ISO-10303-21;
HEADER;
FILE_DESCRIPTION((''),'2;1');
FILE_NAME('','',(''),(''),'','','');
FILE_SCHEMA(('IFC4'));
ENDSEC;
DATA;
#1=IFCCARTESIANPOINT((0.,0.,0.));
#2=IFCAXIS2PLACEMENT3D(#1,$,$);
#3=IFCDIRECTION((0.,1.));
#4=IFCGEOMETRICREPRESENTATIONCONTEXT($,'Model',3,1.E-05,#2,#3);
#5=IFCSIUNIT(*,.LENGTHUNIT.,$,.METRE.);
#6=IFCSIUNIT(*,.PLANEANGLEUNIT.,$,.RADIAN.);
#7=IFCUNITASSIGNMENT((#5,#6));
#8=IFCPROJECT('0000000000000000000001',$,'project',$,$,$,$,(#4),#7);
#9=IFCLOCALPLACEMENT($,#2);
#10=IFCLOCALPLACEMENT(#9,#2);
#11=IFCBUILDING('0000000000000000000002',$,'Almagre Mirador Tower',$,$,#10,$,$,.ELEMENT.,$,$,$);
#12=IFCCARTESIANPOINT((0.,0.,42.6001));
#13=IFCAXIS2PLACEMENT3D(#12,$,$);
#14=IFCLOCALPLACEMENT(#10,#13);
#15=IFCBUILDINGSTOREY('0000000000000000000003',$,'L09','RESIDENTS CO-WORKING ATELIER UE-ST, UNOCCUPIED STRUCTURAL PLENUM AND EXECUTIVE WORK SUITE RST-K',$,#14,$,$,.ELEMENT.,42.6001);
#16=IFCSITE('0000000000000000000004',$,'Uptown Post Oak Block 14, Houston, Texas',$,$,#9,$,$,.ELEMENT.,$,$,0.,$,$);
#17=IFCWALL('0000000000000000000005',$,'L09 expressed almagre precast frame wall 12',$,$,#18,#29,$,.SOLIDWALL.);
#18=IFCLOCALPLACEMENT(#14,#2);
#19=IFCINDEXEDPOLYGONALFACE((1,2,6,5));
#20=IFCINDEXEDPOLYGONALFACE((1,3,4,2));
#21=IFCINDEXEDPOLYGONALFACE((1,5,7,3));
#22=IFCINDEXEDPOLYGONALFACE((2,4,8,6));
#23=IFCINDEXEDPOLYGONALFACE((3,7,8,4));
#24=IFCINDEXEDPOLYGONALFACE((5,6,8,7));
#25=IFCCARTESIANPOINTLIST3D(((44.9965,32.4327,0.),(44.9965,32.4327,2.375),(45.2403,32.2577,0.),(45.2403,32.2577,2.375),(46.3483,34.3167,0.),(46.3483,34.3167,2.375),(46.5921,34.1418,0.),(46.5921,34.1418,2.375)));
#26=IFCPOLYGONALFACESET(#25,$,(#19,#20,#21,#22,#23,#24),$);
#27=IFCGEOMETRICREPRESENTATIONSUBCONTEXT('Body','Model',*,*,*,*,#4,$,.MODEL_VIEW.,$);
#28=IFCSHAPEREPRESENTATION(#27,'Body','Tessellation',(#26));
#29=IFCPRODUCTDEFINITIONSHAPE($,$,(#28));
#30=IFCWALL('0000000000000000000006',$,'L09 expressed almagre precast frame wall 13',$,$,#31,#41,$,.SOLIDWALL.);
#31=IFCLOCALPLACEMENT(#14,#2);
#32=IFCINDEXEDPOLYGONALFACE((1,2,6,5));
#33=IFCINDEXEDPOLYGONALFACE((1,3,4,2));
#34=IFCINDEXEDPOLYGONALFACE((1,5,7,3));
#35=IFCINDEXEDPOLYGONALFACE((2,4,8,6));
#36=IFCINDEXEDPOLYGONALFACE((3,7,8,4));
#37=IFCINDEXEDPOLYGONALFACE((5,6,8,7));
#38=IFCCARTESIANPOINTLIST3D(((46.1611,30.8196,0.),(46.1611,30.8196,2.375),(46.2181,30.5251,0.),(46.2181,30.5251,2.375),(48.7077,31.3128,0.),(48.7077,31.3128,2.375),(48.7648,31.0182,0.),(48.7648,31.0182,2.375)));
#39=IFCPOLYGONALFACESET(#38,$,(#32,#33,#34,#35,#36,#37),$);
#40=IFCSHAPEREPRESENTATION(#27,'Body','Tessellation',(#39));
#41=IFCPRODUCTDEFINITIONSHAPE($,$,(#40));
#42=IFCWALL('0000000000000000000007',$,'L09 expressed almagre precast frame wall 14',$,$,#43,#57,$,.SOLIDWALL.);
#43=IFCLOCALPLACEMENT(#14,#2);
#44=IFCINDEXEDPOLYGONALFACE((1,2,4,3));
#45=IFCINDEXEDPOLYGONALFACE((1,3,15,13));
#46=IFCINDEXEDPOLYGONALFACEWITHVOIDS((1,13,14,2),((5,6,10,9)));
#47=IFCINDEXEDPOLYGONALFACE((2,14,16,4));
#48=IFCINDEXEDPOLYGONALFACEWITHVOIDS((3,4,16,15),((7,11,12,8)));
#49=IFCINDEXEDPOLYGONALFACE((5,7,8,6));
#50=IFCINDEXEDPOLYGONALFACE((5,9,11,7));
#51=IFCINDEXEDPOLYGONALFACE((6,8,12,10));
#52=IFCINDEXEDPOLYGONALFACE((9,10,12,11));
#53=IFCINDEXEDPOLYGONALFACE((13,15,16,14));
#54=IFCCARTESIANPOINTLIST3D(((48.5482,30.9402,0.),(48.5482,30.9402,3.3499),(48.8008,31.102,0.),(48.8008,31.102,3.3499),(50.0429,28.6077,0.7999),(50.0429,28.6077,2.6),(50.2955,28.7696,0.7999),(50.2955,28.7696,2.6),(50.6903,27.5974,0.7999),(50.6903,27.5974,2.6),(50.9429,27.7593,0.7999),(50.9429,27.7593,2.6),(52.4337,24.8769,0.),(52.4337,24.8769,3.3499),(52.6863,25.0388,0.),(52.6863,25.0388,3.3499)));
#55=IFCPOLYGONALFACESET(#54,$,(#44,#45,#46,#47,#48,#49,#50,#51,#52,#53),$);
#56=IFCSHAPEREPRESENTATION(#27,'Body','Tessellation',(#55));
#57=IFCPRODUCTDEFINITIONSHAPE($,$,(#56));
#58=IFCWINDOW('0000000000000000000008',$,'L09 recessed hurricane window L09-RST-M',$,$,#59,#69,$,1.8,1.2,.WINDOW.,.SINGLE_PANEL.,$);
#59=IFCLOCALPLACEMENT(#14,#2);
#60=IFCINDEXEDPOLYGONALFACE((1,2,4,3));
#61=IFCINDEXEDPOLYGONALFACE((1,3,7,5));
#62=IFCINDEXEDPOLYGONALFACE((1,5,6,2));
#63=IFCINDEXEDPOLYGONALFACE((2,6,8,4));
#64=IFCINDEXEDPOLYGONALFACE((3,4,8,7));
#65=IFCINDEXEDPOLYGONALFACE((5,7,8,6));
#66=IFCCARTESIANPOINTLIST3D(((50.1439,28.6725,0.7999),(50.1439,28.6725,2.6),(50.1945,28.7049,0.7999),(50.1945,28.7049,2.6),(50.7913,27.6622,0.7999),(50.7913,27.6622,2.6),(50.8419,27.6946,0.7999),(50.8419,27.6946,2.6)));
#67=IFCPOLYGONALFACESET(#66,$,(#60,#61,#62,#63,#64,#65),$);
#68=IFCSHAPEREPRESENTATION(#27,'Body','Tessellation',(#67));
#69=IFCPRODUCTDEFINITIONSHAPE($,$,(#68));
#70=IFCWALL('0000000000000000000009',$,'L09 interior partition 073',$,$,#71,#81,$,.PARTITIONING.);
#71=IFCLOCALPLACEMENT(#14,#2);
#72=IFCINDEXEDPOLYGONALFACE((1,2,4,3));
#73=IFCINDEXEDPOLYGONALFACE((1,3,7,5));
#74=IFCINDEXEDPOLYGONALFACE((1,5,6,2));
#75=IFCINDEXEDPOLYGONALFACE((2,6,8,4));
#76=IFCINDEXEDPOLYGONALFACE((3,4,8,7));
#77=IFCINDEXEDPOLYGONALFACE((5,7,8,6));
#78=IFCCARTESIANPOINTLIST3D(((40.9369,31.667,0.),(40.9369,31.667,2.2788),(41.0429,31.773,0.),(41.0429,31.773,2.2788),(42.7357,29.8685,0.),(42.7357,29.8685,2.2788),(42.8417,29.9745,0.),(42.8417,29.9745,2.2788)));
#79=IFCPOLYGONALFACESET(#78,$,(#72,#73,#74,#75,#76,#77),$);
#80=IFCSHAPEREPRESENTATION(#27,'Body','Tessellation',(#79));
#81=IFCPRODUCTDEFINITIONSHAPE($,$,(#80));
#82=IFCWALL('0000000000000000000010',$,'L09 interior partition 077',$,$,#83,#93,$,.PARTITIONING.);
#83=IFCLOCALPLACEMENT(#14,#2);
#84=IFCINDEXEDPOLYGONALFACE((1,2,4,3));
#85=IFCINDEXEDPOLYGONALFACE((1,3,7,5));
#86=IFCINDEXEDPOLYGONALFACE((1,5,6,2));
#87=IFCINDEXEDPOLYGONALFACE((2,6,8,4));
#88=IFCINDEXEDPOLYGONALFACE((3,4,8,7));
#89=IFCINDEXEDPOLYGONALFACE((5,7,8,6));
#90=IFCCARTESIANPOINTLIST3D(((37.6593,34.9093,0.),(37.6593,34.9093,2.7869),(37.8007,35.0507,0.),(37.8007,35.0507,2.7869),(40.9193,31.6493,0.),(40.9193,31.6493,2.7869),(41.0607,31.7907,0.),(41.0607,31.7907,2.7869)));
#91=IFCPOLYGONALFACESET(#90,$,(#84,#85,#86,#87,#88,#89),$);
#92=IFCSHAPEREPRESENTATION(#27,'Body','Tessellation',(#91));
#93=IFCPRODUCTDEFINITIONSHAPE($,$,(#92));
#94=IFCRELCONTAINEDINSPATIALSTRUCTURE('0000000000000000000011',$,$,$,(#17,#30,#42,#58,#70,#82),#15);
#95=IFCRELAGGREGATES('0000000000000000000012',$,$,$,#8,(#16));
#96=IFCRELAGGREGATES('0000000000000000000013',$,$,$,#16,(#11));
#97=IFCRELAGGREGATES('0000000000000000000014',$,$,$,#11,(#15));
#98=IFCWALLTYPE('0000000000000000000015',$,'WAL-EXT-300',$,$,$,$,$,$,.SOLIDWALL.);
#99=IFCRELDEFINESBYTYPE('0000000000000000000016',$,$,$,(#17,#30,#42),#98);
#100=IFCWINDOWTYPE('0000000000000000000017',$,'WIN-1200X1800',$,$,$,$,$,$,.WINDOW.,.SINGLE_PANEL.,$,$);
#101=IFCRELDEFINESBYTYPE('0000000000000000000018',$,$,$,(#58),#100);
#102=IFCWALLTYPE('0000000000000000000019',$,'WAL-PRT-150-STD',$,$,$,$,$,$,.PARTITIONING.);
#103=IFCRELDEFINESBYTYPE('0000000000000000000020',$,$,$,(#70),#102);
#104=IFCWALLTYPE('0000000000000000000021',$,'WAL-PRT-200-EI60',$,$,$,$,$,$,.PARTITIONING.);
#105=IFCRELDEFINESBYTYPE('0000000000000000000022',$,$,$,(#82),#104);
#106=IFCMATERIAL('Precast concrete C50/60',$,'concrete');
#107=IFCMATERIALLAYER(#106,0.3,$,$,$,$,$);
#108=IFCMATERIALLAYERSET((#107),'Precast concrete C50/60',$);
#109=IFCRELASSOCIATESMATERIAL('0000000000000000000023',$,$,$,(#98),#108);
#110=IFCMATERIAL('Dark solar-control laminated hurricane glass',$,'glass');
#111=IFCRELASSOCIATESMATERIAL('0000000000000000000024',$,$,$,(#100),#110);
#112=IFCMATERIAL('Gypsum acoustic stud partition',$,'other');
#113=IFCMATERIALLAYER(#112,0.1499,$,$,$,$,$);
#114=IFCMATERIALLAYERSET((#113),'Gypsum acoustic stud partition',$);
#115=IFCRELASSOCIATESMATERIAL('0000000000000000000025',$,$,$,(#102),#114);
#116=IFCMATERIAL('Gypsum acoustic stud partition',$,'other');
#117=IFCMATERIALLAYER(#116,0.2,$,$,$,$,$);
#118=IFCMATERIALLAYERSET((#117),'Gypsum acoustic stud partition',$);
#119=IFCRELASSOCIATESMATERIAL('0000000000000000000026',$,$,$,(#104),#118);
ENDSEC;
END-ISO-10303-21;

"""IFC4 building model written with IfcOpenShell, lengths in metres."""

from ifc_helpers import new_model, si_unit, direction, frame, frame_2d, origin, place, context, subcontext, project, spatial, rectangle, extrude, material, layer, layer_set, type_object, element, fill, save


model = new_model("IFC4")

# Units and contexts
model_context = context("Model", 3, precision=1e-05, world=origin(), true_north=direction((0.0, 1.0)))
body_context = subcontext(model_context, "Body", "Model", "MODEL_VIEW")
ifc_project = project(units=[si_unit("LENGTHUNIT", "METRE"), si_unit("PLANEANGLEUNIT", "RADIAN")], contexts=[model_context])

# Site, building, storey
site_placement = place(None, origin())
site = spatial("IfcSite", under=ifc_project, at=site_placement, Name="Uptown Post Oak Block 14, Houston, Texas", CompositionType="ELEMENT", RefElevation=0.0)
building_placement = place(site_placement, origin())
building = spatial("IfcBuilding", under=site, at=building_placement, Name="Almagre Mirador Tower", CompositionType="ELEMENT")
storey_placement = place(building_placement, frame((0.0, 0.0, 42.6001)))
storey = spatial("IfcBuildingStorey", under=building, at=storey_placement, Name="L09", Description="RESIDENTS CO-WORKING ATELIER UE-ST, UNOCCUPIED STRUCTURAL PLENUM AND EXECUTIVE WORK SUITE RST-K", CompositionType="ELEMENT", Elevation=42.6001)

# Shared definitions
ifc_material_1 = material(Name="Precast concrete C50/60", Category="concrete")
ifc_layer_1 = layer(ifc_material_1, 0.3)
ifc_layer_set_1 = layer_set([ifc_layer_1], Name="Precast concrete C50/60")
wall_type_1 = type_object("IfcWallType", Name="WAL-EXT-300", PredefinedType="SOLIDWALL", material=ifc_layer_set_1)

# Shared definitions
ifc_material_2 = material(Name="Dark solar-control laminated hurricane glass", Category="glass")
window_type_1 = type_object("IfcWindowType", Name="WIN-1200X1800", PartitioningType="SINGLE_PANEL", PredefinedType="WINDOW", material=ifc_material_2)

# Walls
wall_1_placement = place(storey_placement, frame((46.4702, 34.2292, 0.0), z_axis=(0.0, 0.0, 1.0), x_axis=(-0.58297, -0.812494, 0.0)))
element("IfcWall", 1, at=wall_1_placement, inside=storey, type_object=wall_type_1, Name="L09 expressed almagre precast frame wall 12", PredefinedType="SOLIDWALL", context=body_context, shape_type="SweptSolid", body=[
    extrude(rectangle(XDim=2.3188, YDim=0.3, at=frame_2d((1.1594, 0.0))), origin(), (0.0, 0.0, 1.0), 2.375),
])
wall_2_placement = place(storey_placement, frame((46.1897, 30.6724, 0.0), z_axis=(0.0, 0.0, 1.0), x_axis=(0.981761, 0.190121, 0.0)))
element("IfcWall", 2, at=wall_2_placement, inside=storey, type_object=wall_type_1, Name="L09 expressed almagre precast frame wall 13", PredefinedType="SOLIDWALL", context=body_context, shape_type="SweptSolid", body=[
    extrude(rectangle(XDim=2.594, YDim=0.3, at=frame_2d((1.2969, 0.0))), origin(), (0.0, 0.0, 1.0), 2.375),
])

# Wall, opening, window
wall_3_placement = place(storey_placement, frame((48.6746, 31.021, 0.0), z_axis=(0.0, 0.0, 1.0), x_axis=(0.539549, -0.841954, 0.0)))
wall_3 = element("IfcWall", 3, at=wall_3_placement, inside=storey, type_object=wall_type_1, Name="L09 expressed almagre precast frame wall 14", PredefinedType="SOLIDWALL", context=body_context, shape_type="SweptSolid", body=[
    extrude(rectangle(XDim=7.2014, YDim=0.3, at=frame_2d((3.6006, 0.0))), origin(), (0.0, 0.0, 1.0), 3.3499),
])
opening_1_placement = place(wall_3_placement, frame((2.77, 0.0, 0.8)))
opening_1 = element("IfcOpeningElement", 4, at=opening_1_placement, cuts=wall_3, PredefinedType="OPENING", context=body_context, shape_type="SweptSolid", body=[
    extrude(rectangle(XDim=1.2, YDim=1.8, at=frame_2d((0.6001, 0.8999))), frame((0.0, 0.1599, 0.0), z_axis=(0.0, -1.0, 0.0), x_axis=(1.0, 0.0, 0.0)), (0.0, 0.0, 1.0), 0.32),
])
window_1_placement = place(opening_1_placement, origin())
window_1 = element("IfcWindow", 5, at=window_1_placement, inside=storey, type_object=window_type_1, Name="L09 recessed hurricane window L09-RST-M", OverallHeight=1.8, OverallWidth=1.2, PartitioningType="SINGLE_PANEL", PredefinedType="WINDOW", context=body_context, shape_type="SweptSolid", body=[
    extrude(rectangle(XDim=1.2, YDim=1.8, at=frame_2d((0.6001, 0.8999))), frame((0.0, 0.03, 0.0), z_axis=(0.0, -1.0, 0.0), x_axis=(1.0, 0.0, 0.0)), (0.0, 0.0, 1.0), 0.0601),
])
fill(opening_1, window_1)

# Walls
ifc_material_3 = material(Name="Gypsum acoustic stud partition", Category="other")
ifc_layer_2 = layer(ifc_material_3, 0.1499)
ifc_layer_set_2 = layer_set([ifc_layer_2], Name="Gypsum acoustic stud partition")
wall_type_2 = type_object("IfcWallType", Name="WAL-PRT-150-STD", PredefinedType="PARTITIONING", material=ifc_layer_set_2)
wall_4_placement = place(storey_placement, frame((42.7888, 29.9214, 0.0), z_axis=(0.0, 0.0, 1.0), x_axis=(-0.707155, 0.707059, 0.0)))
element("IfcWall", 6, at=wall_4_placement, inside=storey, type_object=wall_type_2, Name="L09 interior partition 073", PredefinedType="PARTITIONING", context=body_context, shape_type="SweptSolid", body=[
    extrude(rectangle(XDim=2.5437, YDim=0.1499, at=frame_2d((1.272, 0.0))), origin(), (0.0, 0.0, 1.0), 2.2788),
])
ifc_material_4 = material(Name="Gypsum acoustic stud partition", Category="other")
ifc_layer_3 = layer(ifc_material_4, 0.2)
ifc_layer_set_3 = layer_set([ifc_layer_3], Name="Gypsum acoustic stud partition")
wall_type_3 = type_object("IfcWallType", Name="WAL-PRT-200-EI60", PredefinedType="PARTITIONING", material=ifc_layer_set_3)
wall_5_placement = place(storey_placement, frame((40.99, 31.72, 0.0), z_axis=(0.0, 0.0, 1.0), x_axis=(-0.707107, 0.707107, 0.0)))
element("IfcWall", 7, at=wall_5_placement, inside=storey, type_object=wall_type_3, Name="L09 interior partition 077", PredefinedType="PARTITIONING", context=body_context, shape_type="SweptSolid", body=[
    extrude(rectangle(XDim=4.6104, YDim=0.2, at=frame_2d((2.3052, 0.0))), origin(), (0.0, 0.0, 1.0), 2.7869),
])

save(model, "model.ifc")
